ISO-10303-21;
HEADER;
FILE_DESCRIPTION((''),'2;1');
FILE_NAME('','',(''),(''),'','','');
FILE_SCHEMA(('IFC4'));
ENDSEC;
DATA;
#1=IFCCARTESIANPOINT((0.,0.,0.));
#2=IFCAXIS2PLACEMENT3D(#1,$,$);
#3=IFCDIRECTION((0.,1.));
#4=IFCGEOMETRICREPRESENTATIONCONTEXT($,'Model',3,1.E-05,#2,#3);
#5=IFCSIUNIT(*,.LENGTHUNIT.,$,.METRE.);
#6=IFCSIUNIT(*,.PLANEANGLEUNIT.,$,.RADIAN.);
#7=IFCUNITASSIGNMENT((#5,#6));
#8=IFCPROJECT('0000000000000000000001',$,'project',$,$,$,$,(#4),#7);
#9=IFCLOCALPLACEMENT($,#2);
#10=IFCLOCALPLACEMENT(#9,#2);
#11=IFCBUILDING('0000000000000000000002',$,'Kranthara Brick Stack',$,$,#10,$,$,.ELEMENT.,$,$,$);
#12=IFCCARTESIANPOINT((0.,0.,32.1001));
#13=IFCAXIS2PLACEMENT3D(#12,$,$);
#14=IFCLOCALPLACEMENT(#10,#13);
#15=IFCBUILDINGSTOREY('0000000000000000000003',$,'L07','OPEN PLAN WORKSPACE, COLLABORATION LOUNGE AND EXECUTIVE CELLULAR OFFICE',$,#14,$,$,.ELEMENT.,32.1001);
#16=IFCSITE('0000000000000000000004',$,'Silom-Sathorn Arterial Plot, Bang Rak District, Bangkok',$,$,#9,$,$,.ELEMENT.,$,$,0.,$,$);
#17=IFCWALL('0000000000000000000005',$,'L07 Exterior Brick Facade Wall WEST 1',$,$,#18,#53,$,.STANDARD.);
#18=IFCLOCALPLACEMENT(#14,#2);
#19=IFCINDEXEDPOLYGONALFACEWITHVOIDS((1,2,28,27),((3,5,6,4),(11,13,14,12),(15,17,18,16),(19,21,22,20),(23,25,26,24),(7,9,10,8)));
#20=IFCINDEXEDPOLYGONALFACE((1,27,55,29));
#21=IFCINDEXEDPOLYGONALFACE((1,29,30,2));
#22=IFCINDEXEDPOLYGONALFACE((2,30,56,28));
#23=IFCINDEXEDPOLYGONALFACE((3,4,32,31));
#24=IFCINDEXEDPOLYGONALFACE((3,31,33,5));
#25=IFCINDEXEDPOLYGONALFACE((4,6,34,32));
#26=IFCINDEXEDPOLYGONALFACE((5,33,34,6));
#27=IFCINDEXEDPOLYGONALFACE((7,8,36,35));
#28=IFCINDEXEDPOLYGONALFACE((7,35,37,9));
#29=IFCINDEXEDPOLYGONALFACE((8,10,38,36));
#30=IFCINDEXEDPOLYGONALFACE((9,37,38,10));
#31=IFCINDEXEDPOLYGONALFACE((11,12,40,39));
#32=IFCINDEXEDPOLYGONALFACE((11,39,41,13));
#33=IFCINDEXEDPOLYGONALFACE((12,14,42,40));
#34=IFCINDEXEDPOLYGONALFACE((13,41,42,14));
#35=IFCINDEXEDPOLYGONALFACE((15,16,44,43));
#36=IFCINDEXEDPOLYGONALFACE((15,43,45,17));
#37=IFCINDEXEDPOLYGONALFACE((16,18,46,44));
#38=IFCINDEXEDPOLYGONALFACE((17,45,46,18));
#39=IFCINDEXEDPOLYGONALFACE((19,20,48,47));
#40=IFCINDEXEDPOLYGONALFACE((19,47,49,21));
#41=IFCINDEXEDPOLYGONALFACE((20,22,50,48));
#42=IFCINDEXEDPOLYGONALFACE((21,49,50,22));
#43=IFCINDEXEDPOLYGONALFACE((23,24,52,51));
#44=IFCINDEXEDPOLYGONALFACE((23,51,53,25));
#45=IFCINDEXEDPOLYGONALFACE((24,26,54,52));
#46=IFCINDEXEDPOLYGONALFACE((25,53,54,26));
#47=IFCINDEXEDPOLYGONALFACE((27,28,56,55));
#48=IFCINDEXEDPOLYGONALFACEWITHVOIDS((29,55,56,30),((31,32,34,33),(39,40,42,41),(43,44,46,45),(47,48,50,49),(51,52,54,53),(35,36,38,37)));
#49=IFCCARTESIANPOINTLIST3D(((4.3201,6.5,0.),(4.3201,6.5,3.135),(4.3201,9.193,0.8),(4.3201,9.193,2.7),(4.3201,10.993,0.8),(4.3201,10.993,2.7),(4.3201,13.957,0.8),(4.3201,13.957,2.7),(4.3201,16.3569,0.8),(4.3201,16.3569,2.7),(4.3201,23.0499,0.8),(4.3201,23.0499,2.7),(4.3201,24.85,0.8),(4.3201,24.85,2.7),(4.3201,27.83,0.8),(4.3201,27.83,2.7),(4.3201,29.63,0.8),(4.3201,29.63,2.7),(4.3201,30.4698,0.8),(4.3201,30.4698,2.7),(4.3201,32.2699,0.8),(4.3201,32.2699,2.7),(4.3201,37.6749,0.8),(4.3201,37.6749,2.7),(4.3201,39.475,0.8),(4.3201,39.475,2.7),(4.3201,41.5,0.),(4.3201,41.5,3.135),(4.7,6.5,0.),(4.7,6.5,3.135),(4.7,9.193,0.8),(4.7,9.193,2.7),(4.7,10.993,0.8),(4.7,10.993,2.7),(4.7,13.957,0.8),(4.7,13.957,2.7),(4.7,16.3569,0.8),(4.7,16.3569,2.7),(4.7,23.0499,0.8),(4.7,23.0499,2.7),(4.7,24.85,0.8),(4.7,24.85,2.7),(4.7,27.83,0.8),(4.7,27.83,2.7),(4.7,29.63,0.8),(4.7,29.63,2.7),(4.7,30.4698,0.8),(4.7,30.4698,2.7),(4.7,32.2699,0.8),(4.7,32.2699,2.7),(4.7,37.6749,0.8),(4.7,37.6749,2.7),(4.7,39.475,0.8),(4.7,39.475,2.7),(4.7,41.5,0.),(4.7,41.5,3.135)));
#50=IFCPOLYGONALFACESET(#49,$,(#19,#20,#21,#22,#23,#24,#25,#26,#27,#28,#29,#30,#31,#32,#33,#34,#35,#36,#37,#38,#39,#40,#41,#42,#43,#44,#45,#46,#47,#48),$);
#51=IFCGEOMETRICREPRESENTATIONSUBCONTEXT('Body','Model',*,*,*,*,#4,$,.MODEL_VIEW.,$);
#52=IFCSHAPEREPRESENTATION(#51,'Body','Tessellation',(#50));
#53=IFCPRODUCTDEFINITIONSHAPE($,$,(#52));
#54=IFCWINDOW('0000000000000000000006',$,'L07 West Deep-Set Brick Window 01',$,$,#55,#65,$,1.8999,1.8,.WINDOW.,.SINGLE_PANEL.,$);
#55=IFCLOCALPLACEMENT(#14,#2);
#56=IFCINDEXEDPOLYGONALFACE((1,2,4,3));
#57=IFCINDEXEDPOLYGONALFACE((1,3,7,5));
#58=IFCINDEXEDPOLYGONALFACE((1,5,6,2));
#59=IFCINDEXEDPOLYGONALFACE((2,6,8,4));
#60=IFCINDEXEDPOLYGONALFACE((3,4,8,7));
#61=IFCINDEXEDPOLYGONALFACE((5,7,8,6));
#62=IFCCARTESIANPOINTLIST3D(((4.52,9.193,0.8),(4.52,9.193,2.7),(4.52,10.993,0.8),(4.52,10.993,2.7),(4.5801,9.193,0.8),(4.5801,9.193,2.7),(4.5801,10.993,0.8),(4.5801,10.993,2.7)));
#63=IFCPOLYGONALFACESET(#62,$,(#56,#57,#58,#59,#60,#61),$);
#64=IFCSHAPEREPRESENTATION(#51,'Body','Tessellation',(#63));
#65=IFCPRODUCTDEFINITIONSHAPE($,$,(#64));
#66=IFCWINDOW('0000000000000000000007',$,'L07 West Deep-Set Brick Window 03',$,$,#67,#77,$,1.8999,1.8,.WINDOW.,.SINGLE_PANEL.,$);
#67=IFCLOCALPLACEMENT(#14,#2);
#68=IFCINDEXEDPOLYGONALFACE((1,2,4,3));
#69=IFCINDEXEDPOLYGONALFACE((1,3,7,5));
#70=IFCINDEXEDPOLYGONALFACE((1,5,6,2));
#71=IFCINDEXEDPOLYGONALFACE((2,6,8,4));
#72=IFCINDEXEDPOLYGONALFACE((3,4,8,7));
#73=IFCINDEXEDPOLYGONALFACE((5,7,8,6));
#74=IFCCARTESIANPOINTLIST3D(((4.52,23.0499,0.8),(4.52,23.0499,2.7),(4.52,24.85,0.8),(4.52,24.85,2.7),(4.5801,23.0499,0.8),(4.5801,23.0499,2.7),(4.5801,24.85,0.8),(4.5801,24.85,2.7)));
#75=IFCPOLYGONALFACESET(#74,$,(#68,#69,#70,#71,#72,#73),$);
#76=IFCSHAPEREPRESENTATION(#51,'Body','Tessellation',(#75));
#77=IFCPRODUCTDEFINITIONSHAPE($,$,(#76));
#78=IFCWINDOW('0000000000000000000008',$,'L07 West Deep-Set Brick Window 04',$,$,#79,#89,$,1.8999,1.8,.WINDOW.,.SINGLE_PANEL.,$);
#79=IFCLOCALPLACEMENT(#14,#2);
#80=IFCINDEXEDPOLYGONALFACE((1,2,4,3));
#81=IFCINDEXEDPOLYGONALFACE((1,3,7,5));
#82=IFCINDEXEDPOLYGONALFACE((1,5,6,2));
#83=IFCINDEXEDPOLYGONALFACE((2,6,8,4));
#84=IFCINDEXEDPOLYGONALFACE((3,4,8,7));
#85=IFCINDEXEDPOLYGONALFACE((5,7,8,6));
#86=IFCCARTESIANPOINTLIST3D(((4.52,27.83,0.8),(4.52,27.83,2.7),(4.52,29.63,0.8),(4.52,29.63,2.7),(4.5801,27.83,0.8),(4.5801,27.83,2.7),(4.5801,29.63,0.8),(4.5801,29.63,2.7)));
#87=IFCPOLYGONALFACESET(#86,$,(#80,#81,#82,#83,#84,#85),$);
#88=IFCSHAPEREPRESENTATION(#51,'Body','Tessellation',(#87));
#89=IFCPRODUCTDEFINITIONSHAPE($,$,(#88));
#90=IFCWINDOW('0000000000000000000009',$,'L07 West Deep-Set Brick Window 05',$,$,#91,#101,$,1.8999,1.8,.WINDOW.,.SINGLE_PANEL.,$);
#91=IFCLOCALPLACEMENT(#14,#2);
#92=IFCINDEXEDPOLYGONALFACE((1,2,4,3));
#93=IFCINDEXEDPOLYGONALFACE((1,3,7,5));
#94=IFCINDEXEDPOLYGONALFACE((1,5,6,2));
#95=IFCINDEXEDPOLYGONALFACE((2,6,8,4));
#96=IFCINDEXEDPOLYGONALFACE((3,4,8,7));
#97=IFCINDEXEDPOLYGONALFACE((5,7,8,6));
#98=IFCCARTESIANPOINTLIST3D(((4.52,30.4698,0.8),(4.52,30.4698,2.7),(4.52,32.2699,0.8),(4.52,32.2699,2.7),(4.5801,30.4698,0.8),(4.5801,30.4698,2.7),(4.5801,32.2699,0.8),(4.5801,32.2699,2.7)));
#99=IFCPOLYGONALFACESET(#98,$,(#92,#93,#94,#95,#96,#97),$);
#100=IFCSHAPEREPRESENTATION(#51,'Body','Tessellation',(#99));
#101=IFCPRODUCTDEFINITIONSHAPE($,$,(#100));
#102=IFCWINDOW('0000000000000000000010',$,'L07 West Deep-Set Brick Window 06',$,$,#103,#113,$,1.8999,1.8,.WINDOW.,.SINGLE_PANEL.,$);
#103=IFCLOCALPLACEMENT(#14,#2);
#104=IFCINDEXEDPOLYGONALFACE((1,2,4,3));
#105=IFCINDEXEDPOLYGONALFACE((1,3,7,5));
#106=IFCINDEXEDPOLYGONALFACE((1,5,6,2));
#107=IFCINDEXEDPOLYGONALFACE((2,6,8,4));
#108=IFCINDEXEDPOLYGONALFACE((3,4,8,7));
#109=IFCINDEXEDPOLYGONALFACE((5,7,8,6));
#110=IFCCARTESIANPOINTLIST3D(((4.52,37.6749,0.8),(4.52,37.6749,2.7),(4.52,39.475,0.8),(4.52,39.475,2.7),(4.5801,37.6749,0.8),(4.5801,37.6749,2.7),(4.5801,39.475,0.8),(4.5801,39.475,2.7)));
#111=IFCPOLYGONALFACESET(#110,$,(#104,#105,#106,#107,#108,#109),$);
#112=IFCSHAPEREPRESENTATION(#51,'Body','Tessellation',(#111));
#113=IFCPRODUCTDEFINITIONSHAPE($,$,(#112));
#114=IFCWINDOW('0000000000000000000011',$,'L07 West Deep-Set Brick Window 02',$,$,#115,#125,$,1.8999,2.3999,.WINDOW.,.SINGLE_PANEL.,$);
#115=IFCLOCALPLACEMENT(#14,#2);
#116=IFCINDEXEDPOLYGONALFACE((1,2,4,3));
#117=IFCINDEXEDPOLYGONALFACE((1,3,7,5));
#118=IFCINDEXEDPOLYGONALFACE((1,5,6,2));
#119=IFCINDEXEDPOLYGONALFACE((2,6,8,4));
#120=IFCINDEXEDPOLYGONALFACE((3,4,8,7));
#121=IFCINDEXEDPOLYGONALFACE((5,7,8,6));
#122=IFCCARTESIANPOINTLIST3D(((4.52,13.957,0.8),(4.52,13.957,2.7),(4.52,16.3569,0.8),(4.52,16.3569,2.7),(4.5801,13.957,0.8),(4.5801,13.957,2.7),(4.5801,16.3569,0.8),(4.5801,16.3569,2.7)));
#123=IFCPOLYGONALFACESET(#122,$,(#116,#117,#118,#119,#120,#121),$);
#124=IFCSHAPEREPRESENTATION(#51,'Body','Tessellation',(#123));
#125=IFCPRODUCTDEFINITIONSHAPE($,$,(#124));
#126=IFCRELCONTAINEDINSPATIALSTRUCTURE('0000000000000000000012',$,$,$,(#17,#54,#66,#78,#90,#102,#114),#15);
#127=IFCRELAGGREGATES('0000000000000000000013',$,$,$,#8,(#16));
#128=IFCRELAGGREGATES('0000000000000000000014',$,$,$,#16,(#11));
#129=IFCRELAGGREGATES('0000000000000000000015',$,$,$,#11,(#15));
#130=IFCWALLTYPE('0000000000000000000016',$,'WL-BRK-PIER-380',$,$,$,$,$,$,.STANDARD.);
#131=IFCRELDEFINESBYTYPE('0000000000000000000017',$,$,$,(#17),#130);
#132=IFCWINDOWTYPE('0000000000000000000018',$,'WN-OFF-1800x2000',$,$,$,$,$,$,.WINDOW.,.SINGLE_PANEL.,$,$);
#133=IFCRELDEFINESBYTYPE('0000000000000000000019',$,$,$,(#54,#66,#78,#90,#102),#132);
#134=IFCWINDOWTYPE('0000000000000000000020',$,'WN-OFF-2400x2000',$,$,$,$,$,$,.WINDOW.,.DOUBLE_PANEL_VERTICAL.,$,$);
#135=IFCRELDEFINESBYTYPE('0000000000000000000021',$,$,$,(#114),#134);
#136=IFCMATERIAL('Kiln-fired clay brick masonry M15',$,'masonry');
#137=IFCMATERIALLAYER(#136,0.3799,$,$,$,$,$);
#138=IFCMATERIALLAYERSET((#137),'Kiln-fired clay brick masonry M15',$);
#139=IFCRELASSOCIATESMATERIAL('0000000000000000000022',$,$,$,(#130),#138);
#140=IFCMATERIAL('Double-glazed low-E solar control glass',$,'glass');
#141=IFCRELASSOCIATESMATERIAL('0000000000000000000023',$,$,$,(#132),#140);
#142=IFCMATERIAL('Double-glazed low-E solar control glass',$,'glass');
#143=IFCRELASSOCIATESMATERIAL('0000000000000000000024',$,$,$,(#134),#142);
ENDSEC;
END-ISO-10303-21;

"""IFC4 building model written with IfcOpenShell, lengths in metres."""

from ifc_helpers import new_model, si_unit, direction, frame, frame_2d, origin, place, context, subcontext, project, spatial, rectangle, extrude, material, layer, layer_set, type_object, element, fill, save


model = new_model("IFC4")

# Units and contexts
model_context = context("Model", 3, precision=1e-05, world=origin(), true_north=direction((0.0, 1.0)))
body_context = subcontext(model_context, "Body", "Model", "MODEL_VIEW")
ifc_project = project(units=[si_unit("LENGTHUNIT", "METRE"), si_unit("PLANEANGLEUNIT", "RADIAN")], contexts=[model_context])

# Site, building, storey
site_placement = place(None, origin())
site = spatial("IfcSite", under=ifc_project, at=site_placement, Name="Silom-Sathorn Arterial Plot, Bang Rak District, Bangkok", CompositionType="ELEMENT", RefElevation=0.0)
building_placement = place(site_placement, origin())
building = spatial("IfcBuilding", under=site, at=building_placement, Name="Kranthara Brick Stack", CompositionType="ELEMENT")
storey_placement = place(building_placement, frame((0.0, 0.0, 32.1001)))
storey = spatial("IfcBuildingStorey", under=building, at=storey_placement, Name="L07", Description="OPEN PLAN WORKSPACE, COLLABORATION LOUNGE AND EXECUTIVE CELLULAR OFFICE", CompositionType="ELEMENT", Elevation=32.1001)

# Wall, openings, windows
ifc_material_1 = material(Name="Kiln-fired clay brick masonry M15", Category="masonry")
ifc_layer_1 = layer(ifc_material_1, 0.3799)
ifc_layer_set_1 = layer_set([ifc_layer_1], Name="Kiln-fired clay brick masonry M15")
wall_type_1 = type_object("IfcWallType", Name="WL-BRK-PIER-380", PredefinedType="STANDARD", material=ifc_layer_set_1)
wall_1_placement = place(storey_placement, frame((4.51, 6.5, 0.0), z_axis=(0.0, 0.0, 1.0), x_axis=(0.0, 1.0, 0.0)))
wall_1 = element("IfcWall", 1, at=wall_1_placement, inside=storey, type_object=wall_type_1, Name="L07 Exterior Brick Facade Wall WEST 1", PredefinedType="STANDARD", context=body_context, shape_type="SweptSolid", body=[
    extrude(rectangle(XDim=35.0, YDim=0.3799, at=frame_2d((17.5, 0.0))), origin(), (0.0, 0.0, 1.0), 3.135),
])
opening_1_placement = place(wall_1_placement, frame((2.6931, 0.0, 0.8)))
opening_1 = element("IfcOpeningElement", 2, at=opening_1_placement, cuts=wall_1, PredefinedType="OPENING", context=body_context, shape_type="SweptSolid", body=[
    extrude(rectangle(XDim=1.8, YDim=1.8999, at=frame_2d((0.8999, 0.95))), frame((0.0, 0.2, 0.0), z_axis=(0.0, -1.0, 0.0), x_axis=(1.0, 0.0, 0.0)), (0.0, 0.0, 1.0), 0.3999),
])
opening_2_placement = place(wall_1_placement, frame((7.457, 0.0, 0.8)))
opening_2 = element("IfcOpeningElement", 3, at=opening_2_placement, cuts=wall_1, PredefinedType="OPENING", context=body_context, shape_type="SweptSolid", body=[
    extrude(rectangle(XDim=2.3999, YDim=1.8999, at=frame_2d((1.2, 0.95))), frame((0.0, 0.2, 0.0), z_axis=(0.0, -1.0, 0.0), x_axis=(1.0, 0.0, 0.0)), (0.0, 0.0, 1.0), 0.3999),
])
opening_3_placement = place(wall_1_placement, frame((16.55, 0.0, 0.8)))
opening_3 = element("IfcOpeningElement", 4, at=opening_3_placement, cuts=wall_1, PredefinedType="OPENING", context=body_context, shape_type="SweptSolid", body=[
    extrude(rectangle(XDim=1.8, YDim=1.8999, at=frame_2d((0.8999, 0.95))), frame((0.0, 0.2, 0.0), z_axis=(0.0, -1.0, 0.0), x_axis=(1.0, 0.0, 0.0)), (0.0, 0.0, 1.0), 0.3999),
])
opening_4_placement = place(wall_1_placement, frame((21.3301, 0.0, 0.8)))
opening_4 = element("IfcOpeningElement", 5, at=opening_4_placement, cuts=wall_1, PredefinedType="OPENING", context=body_context, shape_type="SweptSolid", body=[
    extrude(rectangle(XDim=1.8, YDim=1.8999, at=frame_2d((0.8999, 0.95))), frame((0.0, 0.2, 0.0), z_axis=(0.0, -1.0, 0.0), x_axis=(1.0, 0.0, 0.0)), (0.0, 0.0, 1.0), 0.3999),
])
opening_5_placement = place(wall_1_placement, frame((23.97, 0.0, 0.8)))
opening_5 = element("IfcOpeningElement", 6, at=opening_5_placement, cuts=wall_1, PredefinedType="OPENING", context=body_context, shape_type="SweptSolid", body=[
    extrude(rectangle(XDim=1.8, YDim=1.8999, at=frame_2d((0.8999, 0.95))), frame((0.0, 0.2, 0.0), z_axis=(0.0, -1.0, 0.0), x_axis=(1.0, 0.0, 0.0)), (0.0, 0.0, 1.0), 0.3999),
])
opening_6_placement = place(wall_1_placement, frame((31.175, 0.0, 0.8)))
opening_6 = element("IfcOpeningElement", 7, at=opening_6_placement, cuts=wall_1, PredefinedType="OPENING", context=body_context, shape_type="SweptSolid", body=[
    extrude(rectangle(XDim=1.8, YDim=1.8999, at=frame_2d((0.8999, 0.95))), frame((0.0, 0.2, 0.0), z_axis=(0.0, -1.0, 0.0), x_axis=(1.0, 0.0, 0.0)), (0.0, 0.0, 1.0), 0.3999),
])
ifc_material_2 = material(Name="Double-glazed low-E solar control glass", Category="glass")
window_type_1 = type_object("IfcWindowType", Name="WN-OFF-1800x2000", PartitioningType="SINGLE_PANEL", PredefinedType="WINDOW", material=ifc_material_2)
window_1_placement = place(opening_1_placement, origin())
window_1 = element("IfcWindow", 8, at=window_1_placement, inside=storey, type_object=window_type_1, Name="L07 West Deep-Set Brick Window 01", OverallHeight=1.8999, OverallWidth=1.8, PartitioningType="SINGLE_PANEL", PredefinedType="WINDOW", context=body_context, shape_type="SweptSolid", body=[
    extrude(rectangle(XDim=1.8, YDim=1.8999, at=frame_2d((0.8999, 0.95))), frame((0.0, -0.01, 0.0), z_axis=(0.0, -1.0, 0.0), x_axis=(1.0, 0.0, 0.0)), (0.0, 0.0, 1.0), 0.0601),
])
fill(opening_1, window_1)
window_2_placement = place(opening_3_placement, origin())
window_2 = element("IfcWindow", 9, at=window_2_placement, inside=storey, type_object=window_type_1, Name="L07 West Deep-Set Brick Window 03", OverallHeight=1.8999, OverallWidth=1.8, PartitioningType="SINGLE_PANEL", PredefinedType="WINDOW", context=body_context, shape_type="SweptSolid", body=[
    extrude(rectangle(XDim=1.8, YDim=1.8999, at=frame_2d((0.8999, 0.95))), frame((0.0, -0.01, 0.0), z_axis=(0.0, -1.0, 0.0), x_axis=(1.0, 0.0, 0.0)), (0.0, 0.0, 1.0), 0.0601),
])
fill(opening_3, window_2)
window_3_placement = place(opening_4_placement, origin())
window_3 = element("IfcWindow", 10, at=window_3_placement, inside=storey, type_object=window_type_1, Name="L07 West Deep-Set Brick Window 04", OverallHeight=1.8999, OverallWidth=1.8, PartitioningType="SINGLE_PANEL", PredefinedType="WINDOW", context=body_context, shape_type="SweptSolid", body=[
    extrude(rectangle(XDim=1.8, YDim=1.8999, at=frame_2d((0.8999, 0.95))), frame((0.0, -0.01, 0.0), z_axis=(0.0, -1.0, 0.0), x_axis=(1.0, 0.0, 0.0)), (0.0, 0.0, 1.0), 0.0601),
])
fill(opening_4, window_3)
window_4_placement = place(opening_5_placement, origin())
window_4 = element("IfcWindow", 11, at=window_4_placement, inside=storey, type_object=window_type_1, Name="L07 West Deep-Set Brick Window 05", OverallHeight=1.8999, OverallWidth=1.8, PartitioningType="SINGLE_PANEL", PredefinedType="WINDOW", context=body_context, shape_type="SweptSolid", body=[
    extrude(rectangle(XDim=1.8, YDim=1.8999, at=frame_2d((0.8999, 0.95))), frame((0.0, -0.01, 0.0), z_axis=(0.0, -1.0, 0.0), x_axis=(1.0, 0.0, 0.0)), (0.0, 0.0, 1.0), 0.0601),
])
fill(opening_5, window_4)
window_5_placement = place(opening_6_placement, origin())
window_5 = element("IfcWindow", 12, at=window_5_placement, inside=storey, type_object=window_type_1, Name="L07 West Deep-Set Brick Window 06", OverallHeight=1.8999, OverallWidth=1.8, PartitioningType="SINGLE_PANEL", PredefinedType="WINDOW", context=body_context, shape_type="SweptSolid", body=[
    extrude(rectangle(XDim=1.8, YDim=1.8999, at=frame_2d((0.8999, 0.95))), frame((0.0, -0.01, 0.0), z_axis=(0.0, -1.0, 0.0), x_axis=(1.0, 0.0, 0.0)), (0.0, 0.0, 1.0), 0.0601),
])
fill(opening_6, window_5)
ifc_material_3 = material(Name="Double-glazed low-E solar control glass", Category="glass")
window_type_2 = type_object("IfcWindowType", Name="WN-OFF-2400x2000", PartitioningType="DOUBLE_PANEL_VERTICAL", PredefinedType="WINDOW", material=ifc_material_3)
window_6_placement = place(opening_2_placement, origin())
window_6 = element("IfcWindow", 13, at=window_6_placement, inside=storey, type_object=window_type_2, Name="L07 West Deep-Set Brick Window 02", OverallHeight=1.8999, OverallWidth=2.3999, PartitioningType="SINGLE_PANEL", PredefinedType="WINDOW", context=body_context, shape_type="SweptSolid", body=[
    extrude(rectangle(XDim=2.3999, YDim=1.8999, at=frame_2d((1.2, 0.95))), frame((0.0, -0.01, 0.0), z_axis=(0.0, -1.0, 0.0), x_axis=(1.0, 0.0, 0.0)), (0.0, 0.0, 1.0), 0.0601),
])
fill(opening_2, window_6)

save(model, "model.ifc")
